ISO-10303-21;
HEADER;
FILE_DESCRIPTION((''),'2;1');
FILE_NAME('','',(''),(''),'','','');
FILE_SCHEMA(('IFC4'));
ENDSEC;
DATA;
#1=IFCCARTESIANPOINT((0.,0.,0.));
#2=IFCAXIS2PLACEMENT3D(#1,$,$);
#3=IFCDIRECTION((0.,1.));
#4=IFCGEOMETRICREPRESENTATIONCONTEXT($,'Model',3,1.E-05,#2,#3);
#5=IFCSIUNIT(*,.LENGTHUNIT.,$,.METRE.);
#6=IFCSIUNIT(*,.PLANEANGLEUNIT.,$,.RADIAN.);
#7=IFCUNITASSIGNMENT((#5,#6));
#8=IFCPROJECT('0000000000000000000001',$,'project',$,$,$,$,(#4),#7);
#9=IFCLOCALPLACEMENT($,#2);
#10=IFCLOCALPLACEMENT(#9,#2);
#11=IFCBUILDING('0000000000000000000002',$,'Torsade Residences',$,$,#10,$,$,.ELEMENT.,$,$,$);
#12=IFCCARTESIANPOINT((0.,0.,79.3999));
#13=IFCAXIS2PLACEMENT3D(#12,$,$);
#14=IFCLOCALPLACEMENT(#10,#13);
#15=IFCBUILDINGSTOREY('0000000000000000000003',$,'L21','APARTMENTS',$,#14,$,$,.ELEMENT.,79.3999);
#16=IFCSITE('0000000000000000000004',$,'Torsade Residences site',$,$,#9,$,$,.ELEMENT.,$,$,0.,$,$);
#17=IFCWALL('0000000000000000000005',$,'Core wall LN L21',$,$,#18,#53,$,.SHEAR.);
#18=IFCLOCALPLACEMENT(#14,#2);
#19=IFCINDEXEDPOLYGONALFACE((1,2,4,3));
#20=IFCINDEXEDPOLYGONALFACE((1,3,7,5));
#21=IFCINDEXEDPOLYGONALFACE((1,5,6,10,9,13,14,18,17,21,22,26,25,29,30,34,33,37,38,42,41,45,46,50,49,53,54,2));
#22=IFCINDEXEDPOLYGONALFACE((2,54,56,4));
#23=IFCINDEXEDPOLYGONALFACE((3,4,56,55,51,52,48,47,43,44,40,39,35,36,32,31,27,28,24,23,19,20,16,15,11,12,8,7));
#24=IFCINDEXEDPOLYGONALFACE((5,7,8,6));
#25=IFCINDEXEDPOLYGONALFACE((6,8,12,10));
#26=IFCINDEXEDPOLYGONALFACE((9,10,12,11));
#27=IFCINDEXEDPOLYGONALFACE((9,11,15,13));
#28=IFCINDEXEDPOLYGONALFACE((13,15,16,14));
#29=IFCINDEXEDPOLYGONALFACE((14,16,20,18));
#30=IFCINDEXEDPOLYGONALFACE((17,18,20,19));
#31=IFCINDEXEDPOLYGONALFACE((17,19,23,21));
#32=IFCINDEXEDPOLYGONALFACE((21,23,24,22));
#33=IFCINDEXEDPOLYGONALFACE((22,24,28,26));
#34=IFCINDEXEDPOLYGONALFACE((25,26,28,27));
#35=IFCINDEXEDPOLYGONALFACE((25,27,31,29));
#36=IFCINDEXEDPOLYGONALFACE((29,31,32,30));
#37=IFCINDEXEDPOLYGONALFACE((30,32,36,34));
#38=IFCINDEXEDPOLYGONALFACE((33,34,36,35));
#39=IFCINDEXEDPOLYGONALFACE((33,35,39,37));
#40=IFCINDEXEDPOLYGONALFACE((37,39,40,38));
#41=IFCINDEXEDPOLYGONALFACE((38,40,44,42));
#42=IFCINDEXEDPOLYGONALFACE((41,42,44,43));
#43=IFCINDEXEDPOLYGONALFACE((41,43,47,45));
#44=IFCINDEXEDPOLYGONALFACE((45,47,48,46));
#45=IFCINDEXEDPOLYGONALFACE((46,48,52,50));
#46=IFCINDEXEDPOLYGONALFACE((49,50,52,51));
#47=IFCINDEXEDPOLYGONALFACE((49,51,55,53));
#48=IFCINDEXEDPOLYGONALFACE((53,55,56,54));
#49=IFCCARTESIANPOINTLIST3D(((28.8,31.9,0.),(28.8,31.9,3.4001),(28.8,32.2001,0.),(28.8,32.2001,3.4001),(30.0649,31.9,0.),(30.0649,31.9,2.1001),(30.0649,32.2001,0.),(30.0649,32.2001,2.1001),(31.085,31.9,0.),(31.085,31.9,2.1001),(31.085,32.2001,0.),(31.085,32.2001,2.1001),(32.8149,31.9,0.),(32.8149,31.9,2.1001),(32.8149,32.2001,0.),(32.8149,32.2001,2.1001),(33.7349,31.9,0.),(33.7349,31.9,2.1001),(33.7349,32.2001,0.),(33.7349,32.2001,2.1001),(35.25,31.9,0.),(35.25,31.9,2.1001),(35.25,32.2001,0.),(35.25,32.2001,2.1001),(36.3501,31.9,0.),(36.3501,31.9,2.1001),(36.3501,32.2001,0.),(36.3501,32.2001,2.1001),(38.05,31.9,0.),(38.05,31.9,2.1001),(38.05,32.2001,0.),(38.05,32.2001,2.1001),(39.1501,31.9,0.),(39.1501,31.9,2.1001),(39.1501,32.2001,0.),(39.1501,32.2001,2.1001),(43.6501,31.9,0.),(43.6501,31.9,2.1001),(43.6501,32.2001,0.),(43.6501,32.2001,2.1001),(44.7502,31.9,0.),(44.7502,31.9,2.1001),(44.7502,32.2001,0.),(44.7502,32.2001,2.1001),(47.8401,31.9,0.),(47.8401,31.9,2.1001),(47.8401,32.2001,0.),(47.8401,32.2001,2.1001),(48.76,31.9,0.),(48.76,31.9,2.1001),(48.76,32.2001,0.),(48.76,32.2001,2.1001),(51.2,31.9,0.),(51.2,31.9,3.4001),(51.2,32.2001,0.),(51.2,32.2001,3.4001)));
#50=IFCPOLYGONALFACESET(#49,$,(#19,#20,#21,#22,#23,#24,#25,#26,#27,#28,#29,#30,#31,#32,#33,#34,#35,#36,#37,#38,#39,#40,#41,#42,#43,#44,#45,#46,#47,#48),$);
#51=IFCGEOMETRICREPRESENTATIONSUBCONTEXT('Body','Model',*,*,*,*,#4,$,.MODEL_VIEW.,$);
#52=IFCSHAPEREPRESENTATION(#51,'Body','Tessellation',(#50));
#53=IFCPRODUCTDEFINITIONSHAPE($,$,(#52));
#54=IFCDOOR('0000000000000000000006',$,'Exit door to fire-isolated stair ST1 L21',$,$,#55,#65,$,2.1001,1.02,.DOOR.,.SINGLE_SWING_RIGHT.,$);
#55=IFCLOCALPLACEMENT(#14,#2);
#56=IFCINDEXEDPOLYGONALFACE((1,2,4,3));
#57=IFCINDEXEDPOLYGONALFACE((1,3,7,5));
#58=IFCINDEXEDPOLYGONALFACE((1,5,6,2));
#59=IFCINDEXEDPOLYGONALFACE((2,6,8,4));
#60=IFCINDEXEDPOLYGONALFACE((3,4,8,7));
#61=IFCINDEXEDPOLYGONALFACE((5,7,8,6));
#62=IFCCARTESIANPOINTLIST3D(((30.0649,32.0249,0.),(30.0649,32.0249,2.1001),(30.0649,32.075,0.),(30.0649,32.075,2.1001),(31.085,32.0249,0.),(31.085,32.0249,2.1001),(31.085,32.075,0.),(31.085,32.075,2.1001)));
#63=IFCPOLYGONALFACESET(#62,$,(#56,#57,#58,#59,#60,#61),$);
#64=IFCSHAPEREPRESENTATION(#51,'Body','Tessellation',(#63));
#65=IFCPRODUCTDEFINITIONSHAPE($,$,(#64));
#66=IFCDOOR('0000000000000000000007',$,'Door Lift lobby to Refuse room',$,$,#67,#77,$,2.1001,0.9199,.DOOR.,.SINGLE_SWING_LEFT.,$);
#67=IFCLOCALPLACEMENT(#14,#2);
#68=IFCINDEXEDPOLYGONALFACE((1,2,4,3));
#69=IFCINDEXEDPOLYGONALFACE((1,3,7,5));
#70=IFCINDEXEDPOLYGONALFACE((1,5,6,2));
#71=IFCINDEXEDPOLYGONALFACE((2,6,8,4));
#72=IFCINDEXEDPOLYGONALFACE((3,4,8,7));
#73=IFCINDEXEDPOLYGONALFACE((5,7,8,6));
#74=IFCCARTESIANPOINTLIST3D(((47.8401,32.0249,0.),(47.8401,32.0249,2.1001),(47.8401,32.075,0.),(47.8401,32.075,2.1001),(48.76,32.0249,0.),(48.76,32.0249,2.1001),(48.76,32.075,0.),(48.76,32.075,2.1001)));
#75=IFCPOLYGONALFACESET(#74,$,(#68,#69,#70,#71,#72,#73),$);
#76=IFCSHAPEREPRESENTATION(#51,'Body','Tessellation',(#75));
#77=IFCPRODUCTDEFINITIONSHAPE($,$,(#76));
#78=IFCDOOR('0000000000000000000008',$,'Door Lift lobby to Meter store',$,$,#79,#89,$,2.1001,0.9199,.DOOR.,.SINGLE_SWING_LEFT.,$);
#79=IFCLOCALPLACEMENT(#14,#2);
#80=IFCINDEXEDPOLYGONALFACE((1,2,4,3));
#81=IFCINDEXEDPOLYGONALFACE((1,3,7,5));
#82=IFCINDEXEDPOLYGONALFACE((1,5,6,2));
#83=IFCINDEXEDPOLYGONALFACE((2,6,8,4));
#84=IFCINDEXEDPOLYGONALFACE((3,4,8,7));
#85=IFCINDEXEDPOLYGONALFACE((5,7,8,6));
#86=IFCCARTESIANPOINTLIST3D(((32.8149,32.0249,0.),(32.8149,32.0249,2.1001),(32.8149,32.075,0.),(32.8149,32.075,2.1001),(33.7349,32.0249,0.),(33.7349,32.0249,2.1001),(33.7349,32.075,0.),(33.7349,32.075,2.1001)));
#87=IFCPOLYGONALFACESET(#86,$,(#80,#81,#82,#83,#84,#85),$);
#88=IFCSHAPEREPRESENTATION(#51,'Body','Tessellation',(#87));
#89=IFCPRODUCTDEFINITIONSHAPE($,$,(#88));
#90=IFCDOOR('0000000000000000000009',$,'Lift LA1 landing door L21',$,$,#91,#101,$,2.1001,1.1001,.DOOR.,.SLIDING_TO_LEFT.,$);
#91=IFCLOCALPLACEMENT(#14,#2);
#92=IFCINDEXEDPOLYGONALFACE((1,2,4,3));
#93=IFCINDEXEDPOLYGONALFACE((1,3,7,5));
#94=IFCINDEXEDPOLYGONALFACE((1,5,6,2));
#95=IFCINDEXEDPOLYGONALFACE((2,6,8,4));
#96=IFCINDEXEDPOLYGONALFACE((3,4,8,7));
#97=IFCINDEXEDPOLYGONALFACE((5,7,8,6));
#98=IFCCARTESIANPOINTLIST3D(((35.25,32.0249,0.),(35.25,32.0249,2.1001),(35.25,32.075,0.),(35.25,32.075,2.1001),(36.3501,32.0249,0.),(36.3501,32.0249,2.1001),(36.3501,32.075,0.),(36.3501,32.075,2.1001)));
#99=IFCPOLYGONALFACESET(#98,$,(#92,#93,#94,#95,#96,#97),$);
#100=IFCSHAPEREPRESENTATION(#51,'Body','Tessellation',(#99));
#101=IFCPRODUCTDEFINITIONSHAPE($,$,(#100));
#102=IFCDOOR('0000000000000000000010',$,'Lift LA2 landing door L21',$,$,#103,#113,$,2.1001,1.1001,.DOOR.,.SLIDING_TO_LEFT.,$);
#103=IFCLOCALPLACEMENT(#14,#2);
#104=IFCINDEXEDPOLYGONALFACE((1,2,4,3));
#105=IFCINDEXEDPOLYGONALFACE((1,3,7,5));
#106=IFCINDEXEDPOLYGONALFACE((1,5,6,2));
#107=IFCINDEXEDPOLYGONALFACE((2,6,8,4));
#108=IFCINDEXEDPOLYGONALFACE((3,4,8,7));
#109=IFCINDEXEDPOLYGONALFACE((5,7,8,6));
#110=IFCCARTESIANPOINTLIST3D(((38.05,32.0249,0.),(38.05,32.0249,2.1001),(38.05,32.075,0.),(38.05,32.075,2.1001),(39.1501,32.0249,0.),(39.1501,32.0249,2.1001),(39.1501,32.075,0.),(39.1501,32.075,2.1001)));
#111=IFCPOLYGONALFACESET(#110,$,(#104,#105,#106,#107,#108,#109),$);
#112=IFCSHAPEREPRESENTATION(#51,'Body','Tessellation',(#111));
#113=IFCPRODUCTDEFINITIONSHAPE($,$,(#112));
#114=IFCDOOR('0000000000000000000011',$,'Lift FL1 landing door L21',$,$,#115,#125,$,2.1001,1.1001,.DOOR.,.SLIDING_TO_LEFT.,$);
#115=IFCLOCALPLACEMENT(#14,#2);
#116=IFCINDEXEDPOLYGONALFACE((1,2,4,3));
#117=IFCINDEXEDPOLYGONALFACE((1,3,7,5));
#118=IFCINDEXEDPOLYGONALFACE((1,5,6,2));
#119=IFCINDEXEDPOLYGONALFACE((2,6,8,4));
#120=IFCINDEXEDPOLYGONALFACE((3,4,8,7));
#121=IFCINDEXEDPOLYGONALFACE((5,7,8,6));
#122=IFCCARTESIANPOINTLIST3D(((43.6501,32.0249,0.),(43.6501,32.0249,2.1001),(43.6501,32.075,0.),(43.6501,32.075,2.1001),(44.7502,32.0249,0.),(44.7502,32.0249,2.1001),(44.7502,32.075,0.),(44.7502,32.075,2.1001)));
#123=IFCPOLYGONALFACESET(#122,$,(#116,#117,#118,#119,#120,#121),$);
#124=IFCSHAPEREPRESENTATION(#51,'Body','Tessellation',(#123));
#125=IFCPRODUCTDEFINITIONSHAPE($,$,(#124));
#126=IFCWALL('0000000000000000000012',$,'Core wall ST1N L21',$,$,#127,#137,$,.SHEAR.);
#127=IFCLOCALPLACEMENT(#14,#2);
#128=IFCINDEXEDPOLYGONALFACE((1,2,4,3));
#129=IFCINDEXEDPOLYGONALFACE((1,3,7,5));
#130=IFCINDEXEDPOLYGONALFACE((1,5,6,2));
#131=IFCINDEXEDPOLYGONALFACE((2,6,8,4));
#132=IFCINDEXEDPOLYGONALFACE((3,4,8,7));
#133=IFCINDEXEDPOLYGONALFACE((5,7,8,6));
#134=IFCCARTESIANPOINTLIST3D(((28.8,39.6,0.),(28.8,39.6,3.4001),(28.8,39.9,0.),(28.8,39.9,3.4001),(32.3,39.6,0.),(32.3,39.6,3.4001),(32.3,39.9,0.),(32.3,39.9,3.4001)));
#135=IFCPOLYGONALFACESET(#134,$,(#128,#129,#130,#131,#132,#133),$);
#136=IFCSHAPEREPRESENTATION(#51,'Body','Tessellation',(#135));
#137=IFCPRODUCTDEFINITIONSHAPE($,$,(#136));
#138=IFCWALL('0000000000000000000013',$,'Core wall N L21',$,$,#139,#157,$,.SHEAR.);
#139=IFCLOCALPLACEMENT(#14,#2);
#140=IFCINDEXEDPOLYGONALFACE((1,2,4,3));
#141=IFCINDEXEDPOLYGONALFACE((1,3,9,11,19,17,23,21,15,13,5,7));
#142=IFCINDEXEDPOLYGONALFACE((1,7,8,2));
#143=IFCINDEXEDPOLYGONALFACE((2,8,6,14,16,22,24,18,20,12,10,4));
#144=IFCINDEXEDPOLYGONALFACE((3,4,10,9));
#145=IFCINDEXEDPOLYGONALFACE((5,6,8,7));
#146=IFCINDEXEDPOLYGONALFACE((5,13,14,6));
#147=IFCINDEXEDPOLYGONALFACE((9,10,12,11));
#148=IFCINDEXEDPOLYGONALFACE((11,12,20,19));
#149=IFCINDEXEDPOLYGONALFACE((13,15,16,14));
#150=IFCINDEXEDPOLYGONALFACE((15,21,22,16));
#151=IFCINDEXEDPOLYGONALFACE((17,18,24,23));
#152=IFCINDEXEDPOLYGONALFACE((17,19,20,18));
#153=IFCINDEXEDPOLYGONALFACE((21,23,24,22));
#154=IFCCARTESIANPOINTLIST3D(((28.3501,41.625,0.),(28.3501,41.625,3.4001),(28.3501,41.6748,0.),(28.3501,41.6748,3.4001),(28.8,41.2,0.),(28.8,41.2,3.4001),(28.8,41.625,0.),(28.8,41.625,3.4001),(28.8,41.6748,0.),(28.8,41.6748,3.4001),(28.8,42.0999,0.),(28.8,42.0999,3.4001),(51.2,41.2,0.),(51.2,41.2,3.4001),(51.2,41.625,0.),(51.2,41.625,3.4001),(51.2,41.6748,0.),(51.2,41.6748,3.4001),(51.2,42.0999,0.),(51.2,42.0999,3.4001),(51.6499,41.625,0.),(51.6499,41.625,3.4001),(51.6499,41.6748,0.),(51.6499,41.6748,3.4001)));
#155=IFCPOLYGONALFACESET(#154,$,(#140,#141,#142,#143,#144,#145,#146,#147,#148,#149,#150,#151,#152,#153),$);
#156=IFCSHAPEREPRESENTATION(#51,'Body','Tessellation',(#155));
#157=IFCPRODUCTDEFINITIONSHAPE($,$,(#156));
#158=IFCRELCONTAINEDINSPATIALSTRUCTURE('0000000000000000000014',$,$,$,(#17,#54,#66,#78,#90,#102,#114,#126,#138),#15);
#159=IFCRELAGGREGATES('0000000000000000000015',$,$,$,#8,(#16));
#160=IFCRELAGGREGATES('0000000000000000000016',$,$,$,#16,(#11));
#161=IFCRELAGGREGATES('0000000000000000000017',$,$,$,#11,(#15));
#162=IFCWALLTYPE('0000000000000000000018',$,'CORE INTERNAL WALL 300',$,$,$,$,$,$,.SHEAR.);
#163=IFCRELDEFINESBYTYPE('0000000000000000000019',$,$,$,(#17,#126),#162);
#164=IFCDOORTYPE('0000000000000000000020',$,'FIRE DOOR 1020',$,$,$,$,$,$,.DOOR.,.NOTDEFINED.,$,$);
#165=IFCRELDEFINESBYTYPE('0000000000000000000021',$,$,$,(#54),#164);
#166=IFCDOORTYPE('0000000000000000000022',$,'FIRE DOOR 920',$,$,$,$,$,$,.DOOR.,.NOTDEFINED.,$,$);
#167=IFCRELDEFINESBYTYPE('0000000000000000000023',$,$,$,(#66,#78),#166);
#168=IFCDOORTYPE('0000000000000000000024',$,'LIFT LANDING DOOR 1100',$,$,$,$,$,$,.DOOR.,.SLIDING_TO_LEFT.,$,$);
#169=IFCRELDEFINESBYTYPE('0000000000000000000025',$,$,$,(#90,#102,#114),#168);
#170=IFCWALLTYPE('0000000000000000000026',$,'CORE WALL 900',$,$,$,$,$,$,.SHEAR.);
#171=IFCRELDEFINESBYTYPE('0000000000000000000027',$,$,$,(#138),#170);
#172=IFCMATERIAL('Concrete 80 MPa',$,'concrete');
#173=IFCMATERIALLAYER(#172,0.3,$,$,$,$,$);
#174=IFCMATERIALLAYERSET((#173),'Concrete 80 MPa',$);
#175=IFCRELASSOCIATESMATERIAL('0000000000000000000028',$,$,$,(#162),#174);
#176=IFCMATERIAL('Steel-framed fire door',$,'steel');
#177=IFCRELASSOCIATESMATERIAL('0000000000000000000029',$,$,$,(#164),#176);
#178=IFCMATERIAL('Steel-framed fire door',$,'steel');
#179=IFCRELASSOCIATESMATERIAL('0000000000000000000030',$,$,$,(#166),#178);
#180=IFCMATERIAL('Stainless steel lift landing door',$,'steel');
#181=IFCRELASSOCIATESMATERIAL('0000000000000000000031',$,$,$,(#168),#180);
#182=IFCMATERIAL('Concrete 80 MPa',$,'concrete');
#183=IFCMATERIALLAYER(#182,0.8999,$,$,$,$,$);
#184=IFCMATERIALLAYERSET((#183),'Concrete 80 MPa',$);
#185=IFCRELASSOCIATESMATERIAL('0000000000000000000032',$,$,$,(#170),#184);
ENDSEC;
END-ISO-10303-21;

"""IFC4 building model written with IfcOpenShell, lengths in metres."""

from ifc_helpers import new_model, si_unit, direction, frame, frame_2d, origin, place, context, subcontext, project, spatial, polyline, rectangle, outline, extrude, material, layer, layer_set, type_object, element, fill, save


model = new_model("IFC4")

# Units and contexts
model_context = context("Model", 3, precision=1e-05, world=origin(), true_north=direction((0.0, 1.0)))
body_context = subcontext(model_context, "Body", "Model", "MODEL_VIEW")
ifc_project = project(units=[si_unit("LENGTHUNIT", "METRE"), si_unit("PLANEANGLEUNIT", "RADIAN")], contexts=[model_context])

# Site, building, storey
site_placement = place(None, origin())
site = spatial("IfcSite", under=ifc_project, at=site_placement, Name="Torsade Residences site", CompositionType="ELEMENT", RefElevation=0.0)
building_placement = place(site_placement, origin())
building = spatial("IfcBuilding", under=site, at=building_placement, Name="Torsade Residences", CompositionType="ELEMENT")
storey_placement = place(building_placement, frame((0.0, 0.0, 79.3999)))
storey = spatial("IfcBuildingStorey", under=building, at=storey_placement, Name="L21", Description="APARTMENTS", CompositionType="ELEMENT", Elevation=79.3999)

# Wall, openings, doors
ifc_material_1 = material(Name="Concrete 80 MPa", Category="concrete")
ifc_layer_1 = layer(ifc_material_1, 0.3)
ifc_layer_set_1 = layer_set([ifc_layer_1], Name="Concrete 80 MPa")
wall_type_1 = type_object("IfcWallType", Name="CORE INTERNAL WALL 300", PredefinedType="SHEAR", material=ifc_layer_set_1)
wall_1_placement = place(storey_placement, frame((28.8, 32.05, 0.0), z_axis=(0.0, 0.0, 1.0), x_axis=(1.0, 0.0, 0.0)))
wall_1 = element("IfcWall", 1, at=wall_1_placement, inside=storey, type_object=wall_type_1, Name="Core wall LN L21", PredefinedType="SHEAR", context=body_context, shape_type="SweptSolid", body=[
    extrude(rectangle(XDim=22.3999, YDim=0.3, at=frame_2d((11.2, 0.0))), origin(), (0.0, 0.0, 1.0), 3.4001),
])
opening_1_placement = place(wall_1_placement, frame((19.04, 0.0, 0.0)))
opening_1 = element("IfcOpeningElement", 2, at=opening_1_placement, cuts=wall_1, PredefinedType="OPENING", context=body_context, shape_type="SweptSolid", body=[
    extrude(rectangle(XDim=0.9199, YDim=2.1001, at=frame_2d((0.46, 1.05))), frame((0.0, 0.1599, 0.0), z_axis=(0.0, -1.0, 0.0), x_axis=(1.0, 0.0, 0.0)), (0.0, 0.0, 1.0), 0.3201),
])
opening_2_placement = place(wall_1_placement, frame((1.2649, 0.0, 0.0)))
opening_2 = element("IfcOpeningElement", 3, at=opening_2_placement, cuts=wall_1, PredefinedType="OPENING", context=body_context, shape_type="SweptSolid", body=[
    extrude(rectangle(XDim=1.02, YDim=2.1001, at=frame_2d((0.51, 1.05))), frame((0.0, 0.1599, 0.0), z_axis=(0.0, -1.0, 0.0), x_axis=(1.0, 0.0, 0.0)), (0.0, 0.0, 1.0), 0.3201),
])
opening_3_placement = place(wall_1_placement, frame((4.0149, 0.0, 0.0)))
opening_3 = element("IfcOpeningElement", 4, at=opening_3_placement, cuts=wall_1, PredefinedType="OPENING", context=body_context, shape_type="SweptSolid", body=[
    extrude(rectangle(XDim=0.9199, YDim=2.1001, at=frame_2d((0.46, 1.05))), frame((0.0, 0.1599, 0.0), z_axis=(0.0, -1.0, 0.0), x_axis=(1.0, 0.0, 0.0)), (0.0, 0.0, 1.0), 0.3201),
])
opening_4_placement = place(wall_1_placement, frame((6.45, 0.0, 0.0)))
opening_4 = element("IfcOpeningElement", 5, at=opening_4_placement, cuts=wall_1, PredefinedType="OPENING", context=body_context, shape_type="SweptSolid", body=[
    extrude(rectangle(XDim=1.1001, YDim=2.1001, at=frame_2d((0.55, 1.05))), frame((0.0, 0.1599, 0.0), z_axis=(0.0, -1.0, 0.0), x_axis=(1.0, 0.0, 0.0)), (0.0, 0.0, 1.0), 0.3201),
])
opening_5_placement = place(wall_1_placement, frame((9.25, 0.0, 0.0)))
opening_5 = element("IfcOpeningElement", 6, at=opening_5_placement, cuts=wall_1, PredefinedType="OPENING", context=body_context, shape_type="SweptSolid", body=[
    extrude(rectangle(XDim=1.1001, YDim=2.1001, at=frame_2d((0.55, 1.05))), frame((0.0, 0.1599, 0.0), z_axis=(0.0, -1.0, 0.0), x_axis=(1.0, 0.0, 0.0)), (0.0, 0.0, 1.0), 0.3201),
])
opening_6_placement = place(wall_1_placement, frame((14.8501, 0.0, 0.0)))
opening_6 = element("IfcOpeningElement", 7, at=opening_6_placement, cuts=wall_1, PredefinedType="OPENING", context=body_context, shape_type="SweptSolid", body=[
    extrude(rectangle(XDim=1.1001, YDim=2.1001, at=frame_2d((0.55, 1.05))), frame((0.0, 0.1599, 0.0), z_axis=(0.0, -1.0, 0.0), x_axis=(1.0, 0.0, 0.0)), (0.0, 0.0, 1.0), 0.3201),
])
ifc_material_2 = material(Name="Steel-framed fire door", Category="steel")
door_type_1 = type_object("IfcDoorType", Name="FIRE DOOR 1020", OperationType="NOTDEFINED", PredefinedType="DOOR", material=ifc_material_2)
door_1_placement = place(opening_2_placement, origin())
door_1 = element("IfcDoor", 8, at=door_1_placement, inside=storey, type_object=door_type_1, Name="Exit door to fire-isolated stair ST1 L21", OperationType="SINGLE_SWING_RIGHT", OverallHeight=2.1001, OverallWidth=1.02, PredefinedType="DOOR", context=body_context, shape_type="SweptSolid", body=[
    extrude(rectangle(XDim=1.02, YDim=2.1001, at=frame_2d((0.51, 1.05))), frame((0.0, 0.0249, 0.0), z_axis=(0.0, -1.0, 0.0), x_axis=(1.0, 0.0, 0.0)), (0.0, 0.0, 1.0), 0.05),
])
fill(opening_2, door_1)
ifc_material_3 = material(Name="Steel-framed fire door", Category="steel")
door_type_2 = type_object("IfcDoorType", Name="FIRE DOOR 920", OperationType="NOTDEFINED", PredefinedType="DOOR", material=ifc_material_3)
door_2_placement = place(opening_1_placement, origin())
door_2 = element("IfcDoor", 9, at=door_2_placement, inside=storey, type_object=door_type_2, Name="Door Lift lobby to Refuse room", OperationType="SINGLE_SWING_LEFT", OverallHeight=2.1001, OverallWidth=0.9199, PredefinedType="DOOR", context=body_context, shape_type="SweptSolid", body=[
    extrude(rectangle(XDim=0.9199, YDim=2.1001, at=frame_2d((0.46, 1.05))), frame((0.0, 0.0249, 0.0), z_axis=(0.0, -1.0, 0.0), x_axis=(1.0, 0.0, 0.0)), (0.0, 0.0, 1.0), 0.05),
])
fill(opening_1, door_2)
door_3_placement = place(opening_3_placement, origin())
door_3 = element("IfcDoor", 10, at=door_3_placement, inside=storey, type_object=door_type_2, Name="Door Lift lobby to Meter store", OperationType="SINGLE_SWING_LEFT", OverallHeight=2.1001, OverallWidth=0.9199, PredefinedType="DOOR", context=body_context, shape_type="SweptSolid", body=[
    extrude(rectangle(XDim=0.9199, YDim=2.1001, at=frame_2d((0.46, 1.05))), frame((0.0, 0.0249, 0.0), z_axis=(0.0, -1.0, 0.0), x_axis=(1.0, 0.0, 0.0)), (0.0, 0.0, 1.0), 0.05),
])
fill(opening_3, door_3)
ifc_material_4 = material(Name="Stainless steel lift landing door", Category="steel")
door_type_3 = type_object("IfcDoorType", Name="LIFT LANDING DOOR 1100", OperationType="SLIDING_TO_LEFT", PredefinedType="DOOR", material=ifc_material_4)
door_4_placement = place(opening_4_placement, origin())
door_4 = element("IfcDoor", 11, at=door_4_placement, inside=storey, type_object=door_type_3, Name="Lift LA1 landing door L21", OperationType="SLIDING_TO_LEFT", OverallHeight=2.1001, OverallWidth=1.1001, PredefinedType="DOOR", context=body_context, shape_type="SweptSolid", body=[
    extrude(rectangle(XDim=1.1001, YDim=2.1001, at=frame_2d((0.55, 1.05))), frame((0.0, 0.0249, 0.0), z_axis=(0.0, -1.0, 0.0), x_axis=(1.0, 0.0, 0.0)), (0.0, 0.0, 1.0), 0.05),
])
fill(opening_4, door_4)
door_5_placement = place(opening_5_placement, origin())
door_5 = element("IfcDoor", 12, at=door_5_placement, inside=storey, type_object=door_type_3, Name="Lift LA2 landing door L21", OperationType="SLIDING_TO_LEFT", OverallHeight=2.1001, OverallWidth=1.1001, PredefinedType="DOOR", context=body_context, shape_type="SweptSolid", body=[
    extrude(rectangle(XDim=1.1001, YDim=2.1001, at=frame_2d((0.55, 1.05))), frame((0.0, 0.0249, 0.0), z_axis=(0.0, -1.0, 0.0), x_axis=(1.0, 0.0, 0.0)), (0.0, 0.0, 1.0), 0.05),
])
fill(opening_5, door_5)
door_6_placement = place(opening_6_placement, origin())
door_6 = element("IfcDoor", 13, at=door_6_placement, inside=storey, type_object=door_type_3, Name="Lift FL1 landing door L21", OperationType="SLIDING_TO_LEFT", OverallHeight=2.1001, OverallWidth=1.1001, PredefinedType="DOOR", context=body_context, shape_type="SweptSolid", body=[
    extrude(rectangle(XDim=1.1001, YDim=2.1001, at=frame_2d((0.55, 1.05))), frame((0.0, 0.0249, 0.0), z_axis=(0.0, -1.0, 0.0), x_axis=(1.0, 0.0, 0.0)), (0.0, 0.0, 1.0), 0.05),
])
fill(opening_6, door_6)

# Walls
wall_2_placement = place(storey_placement, frame((28.8, 39.75, 0.0), z_axis=(0.0, 0.0, 1.0), x_axis=(1.0, 0.0, 0.0)))
element("IfcWall", 14, at=wall_2_placement, inside=storey, type_object=wall_type_1, Name="Core wall ST1N L21", PredefinedType="SHEAR", context=body_context, shape_type="SweptSolid", body=[
    extrude(rectangle(XDim=3.5, YDim=0.3, at=frame_2d((1.75, 0.0))), origin(), (0.0, 0.0, 1.0), 3.4001),
])
ifc_material_5 = material(Name="Concrete 80 MPa", Category="concrete")
ifc_layer_2 = layer(ifc_material_5, 0.8999)
ifc_layer_set_2 = layer_set([ifc_layer_2], Name="Concrete 80 MPa")
wall_type_2 = type_object("IfcWallType", Name="CORE WALL 900", PredefinedType="SHEAR", material=ifc_layer_set_2)
wall_3_placement = place(storey_placement, frame((28.8, 41.6499, 0.0), z_axis=(0.0, 0.0, 1.0), x_axis=(1.0, 0.0, 0.0)))
element("IfcWall", 15, at=wall_3_placement, inside=storey, type_object=wall_type_2, Name="Core wall N L21", PredefinedType="SHEAR", context=body_context, shape_type="SweptSolid", body=[
    extrude(outline(polyline([(0.0, -0.45), (22.3999, -0.45), (22.3999, -0.0249), (22.8499, -0.0249), (22.8499, 0.0249), (22.3999, 0.0249), (22.3999, 0.45), (0.0, 0.45), (0.0, 0.0249), (-0.45, 0.0249), (-0.45, -0.0249), (0.0, -0.0249), (0.0, -0.45)])), origin(), (0.0, 0.0, 1.0), 3.4001),
])

save(model, "model.ifc")
